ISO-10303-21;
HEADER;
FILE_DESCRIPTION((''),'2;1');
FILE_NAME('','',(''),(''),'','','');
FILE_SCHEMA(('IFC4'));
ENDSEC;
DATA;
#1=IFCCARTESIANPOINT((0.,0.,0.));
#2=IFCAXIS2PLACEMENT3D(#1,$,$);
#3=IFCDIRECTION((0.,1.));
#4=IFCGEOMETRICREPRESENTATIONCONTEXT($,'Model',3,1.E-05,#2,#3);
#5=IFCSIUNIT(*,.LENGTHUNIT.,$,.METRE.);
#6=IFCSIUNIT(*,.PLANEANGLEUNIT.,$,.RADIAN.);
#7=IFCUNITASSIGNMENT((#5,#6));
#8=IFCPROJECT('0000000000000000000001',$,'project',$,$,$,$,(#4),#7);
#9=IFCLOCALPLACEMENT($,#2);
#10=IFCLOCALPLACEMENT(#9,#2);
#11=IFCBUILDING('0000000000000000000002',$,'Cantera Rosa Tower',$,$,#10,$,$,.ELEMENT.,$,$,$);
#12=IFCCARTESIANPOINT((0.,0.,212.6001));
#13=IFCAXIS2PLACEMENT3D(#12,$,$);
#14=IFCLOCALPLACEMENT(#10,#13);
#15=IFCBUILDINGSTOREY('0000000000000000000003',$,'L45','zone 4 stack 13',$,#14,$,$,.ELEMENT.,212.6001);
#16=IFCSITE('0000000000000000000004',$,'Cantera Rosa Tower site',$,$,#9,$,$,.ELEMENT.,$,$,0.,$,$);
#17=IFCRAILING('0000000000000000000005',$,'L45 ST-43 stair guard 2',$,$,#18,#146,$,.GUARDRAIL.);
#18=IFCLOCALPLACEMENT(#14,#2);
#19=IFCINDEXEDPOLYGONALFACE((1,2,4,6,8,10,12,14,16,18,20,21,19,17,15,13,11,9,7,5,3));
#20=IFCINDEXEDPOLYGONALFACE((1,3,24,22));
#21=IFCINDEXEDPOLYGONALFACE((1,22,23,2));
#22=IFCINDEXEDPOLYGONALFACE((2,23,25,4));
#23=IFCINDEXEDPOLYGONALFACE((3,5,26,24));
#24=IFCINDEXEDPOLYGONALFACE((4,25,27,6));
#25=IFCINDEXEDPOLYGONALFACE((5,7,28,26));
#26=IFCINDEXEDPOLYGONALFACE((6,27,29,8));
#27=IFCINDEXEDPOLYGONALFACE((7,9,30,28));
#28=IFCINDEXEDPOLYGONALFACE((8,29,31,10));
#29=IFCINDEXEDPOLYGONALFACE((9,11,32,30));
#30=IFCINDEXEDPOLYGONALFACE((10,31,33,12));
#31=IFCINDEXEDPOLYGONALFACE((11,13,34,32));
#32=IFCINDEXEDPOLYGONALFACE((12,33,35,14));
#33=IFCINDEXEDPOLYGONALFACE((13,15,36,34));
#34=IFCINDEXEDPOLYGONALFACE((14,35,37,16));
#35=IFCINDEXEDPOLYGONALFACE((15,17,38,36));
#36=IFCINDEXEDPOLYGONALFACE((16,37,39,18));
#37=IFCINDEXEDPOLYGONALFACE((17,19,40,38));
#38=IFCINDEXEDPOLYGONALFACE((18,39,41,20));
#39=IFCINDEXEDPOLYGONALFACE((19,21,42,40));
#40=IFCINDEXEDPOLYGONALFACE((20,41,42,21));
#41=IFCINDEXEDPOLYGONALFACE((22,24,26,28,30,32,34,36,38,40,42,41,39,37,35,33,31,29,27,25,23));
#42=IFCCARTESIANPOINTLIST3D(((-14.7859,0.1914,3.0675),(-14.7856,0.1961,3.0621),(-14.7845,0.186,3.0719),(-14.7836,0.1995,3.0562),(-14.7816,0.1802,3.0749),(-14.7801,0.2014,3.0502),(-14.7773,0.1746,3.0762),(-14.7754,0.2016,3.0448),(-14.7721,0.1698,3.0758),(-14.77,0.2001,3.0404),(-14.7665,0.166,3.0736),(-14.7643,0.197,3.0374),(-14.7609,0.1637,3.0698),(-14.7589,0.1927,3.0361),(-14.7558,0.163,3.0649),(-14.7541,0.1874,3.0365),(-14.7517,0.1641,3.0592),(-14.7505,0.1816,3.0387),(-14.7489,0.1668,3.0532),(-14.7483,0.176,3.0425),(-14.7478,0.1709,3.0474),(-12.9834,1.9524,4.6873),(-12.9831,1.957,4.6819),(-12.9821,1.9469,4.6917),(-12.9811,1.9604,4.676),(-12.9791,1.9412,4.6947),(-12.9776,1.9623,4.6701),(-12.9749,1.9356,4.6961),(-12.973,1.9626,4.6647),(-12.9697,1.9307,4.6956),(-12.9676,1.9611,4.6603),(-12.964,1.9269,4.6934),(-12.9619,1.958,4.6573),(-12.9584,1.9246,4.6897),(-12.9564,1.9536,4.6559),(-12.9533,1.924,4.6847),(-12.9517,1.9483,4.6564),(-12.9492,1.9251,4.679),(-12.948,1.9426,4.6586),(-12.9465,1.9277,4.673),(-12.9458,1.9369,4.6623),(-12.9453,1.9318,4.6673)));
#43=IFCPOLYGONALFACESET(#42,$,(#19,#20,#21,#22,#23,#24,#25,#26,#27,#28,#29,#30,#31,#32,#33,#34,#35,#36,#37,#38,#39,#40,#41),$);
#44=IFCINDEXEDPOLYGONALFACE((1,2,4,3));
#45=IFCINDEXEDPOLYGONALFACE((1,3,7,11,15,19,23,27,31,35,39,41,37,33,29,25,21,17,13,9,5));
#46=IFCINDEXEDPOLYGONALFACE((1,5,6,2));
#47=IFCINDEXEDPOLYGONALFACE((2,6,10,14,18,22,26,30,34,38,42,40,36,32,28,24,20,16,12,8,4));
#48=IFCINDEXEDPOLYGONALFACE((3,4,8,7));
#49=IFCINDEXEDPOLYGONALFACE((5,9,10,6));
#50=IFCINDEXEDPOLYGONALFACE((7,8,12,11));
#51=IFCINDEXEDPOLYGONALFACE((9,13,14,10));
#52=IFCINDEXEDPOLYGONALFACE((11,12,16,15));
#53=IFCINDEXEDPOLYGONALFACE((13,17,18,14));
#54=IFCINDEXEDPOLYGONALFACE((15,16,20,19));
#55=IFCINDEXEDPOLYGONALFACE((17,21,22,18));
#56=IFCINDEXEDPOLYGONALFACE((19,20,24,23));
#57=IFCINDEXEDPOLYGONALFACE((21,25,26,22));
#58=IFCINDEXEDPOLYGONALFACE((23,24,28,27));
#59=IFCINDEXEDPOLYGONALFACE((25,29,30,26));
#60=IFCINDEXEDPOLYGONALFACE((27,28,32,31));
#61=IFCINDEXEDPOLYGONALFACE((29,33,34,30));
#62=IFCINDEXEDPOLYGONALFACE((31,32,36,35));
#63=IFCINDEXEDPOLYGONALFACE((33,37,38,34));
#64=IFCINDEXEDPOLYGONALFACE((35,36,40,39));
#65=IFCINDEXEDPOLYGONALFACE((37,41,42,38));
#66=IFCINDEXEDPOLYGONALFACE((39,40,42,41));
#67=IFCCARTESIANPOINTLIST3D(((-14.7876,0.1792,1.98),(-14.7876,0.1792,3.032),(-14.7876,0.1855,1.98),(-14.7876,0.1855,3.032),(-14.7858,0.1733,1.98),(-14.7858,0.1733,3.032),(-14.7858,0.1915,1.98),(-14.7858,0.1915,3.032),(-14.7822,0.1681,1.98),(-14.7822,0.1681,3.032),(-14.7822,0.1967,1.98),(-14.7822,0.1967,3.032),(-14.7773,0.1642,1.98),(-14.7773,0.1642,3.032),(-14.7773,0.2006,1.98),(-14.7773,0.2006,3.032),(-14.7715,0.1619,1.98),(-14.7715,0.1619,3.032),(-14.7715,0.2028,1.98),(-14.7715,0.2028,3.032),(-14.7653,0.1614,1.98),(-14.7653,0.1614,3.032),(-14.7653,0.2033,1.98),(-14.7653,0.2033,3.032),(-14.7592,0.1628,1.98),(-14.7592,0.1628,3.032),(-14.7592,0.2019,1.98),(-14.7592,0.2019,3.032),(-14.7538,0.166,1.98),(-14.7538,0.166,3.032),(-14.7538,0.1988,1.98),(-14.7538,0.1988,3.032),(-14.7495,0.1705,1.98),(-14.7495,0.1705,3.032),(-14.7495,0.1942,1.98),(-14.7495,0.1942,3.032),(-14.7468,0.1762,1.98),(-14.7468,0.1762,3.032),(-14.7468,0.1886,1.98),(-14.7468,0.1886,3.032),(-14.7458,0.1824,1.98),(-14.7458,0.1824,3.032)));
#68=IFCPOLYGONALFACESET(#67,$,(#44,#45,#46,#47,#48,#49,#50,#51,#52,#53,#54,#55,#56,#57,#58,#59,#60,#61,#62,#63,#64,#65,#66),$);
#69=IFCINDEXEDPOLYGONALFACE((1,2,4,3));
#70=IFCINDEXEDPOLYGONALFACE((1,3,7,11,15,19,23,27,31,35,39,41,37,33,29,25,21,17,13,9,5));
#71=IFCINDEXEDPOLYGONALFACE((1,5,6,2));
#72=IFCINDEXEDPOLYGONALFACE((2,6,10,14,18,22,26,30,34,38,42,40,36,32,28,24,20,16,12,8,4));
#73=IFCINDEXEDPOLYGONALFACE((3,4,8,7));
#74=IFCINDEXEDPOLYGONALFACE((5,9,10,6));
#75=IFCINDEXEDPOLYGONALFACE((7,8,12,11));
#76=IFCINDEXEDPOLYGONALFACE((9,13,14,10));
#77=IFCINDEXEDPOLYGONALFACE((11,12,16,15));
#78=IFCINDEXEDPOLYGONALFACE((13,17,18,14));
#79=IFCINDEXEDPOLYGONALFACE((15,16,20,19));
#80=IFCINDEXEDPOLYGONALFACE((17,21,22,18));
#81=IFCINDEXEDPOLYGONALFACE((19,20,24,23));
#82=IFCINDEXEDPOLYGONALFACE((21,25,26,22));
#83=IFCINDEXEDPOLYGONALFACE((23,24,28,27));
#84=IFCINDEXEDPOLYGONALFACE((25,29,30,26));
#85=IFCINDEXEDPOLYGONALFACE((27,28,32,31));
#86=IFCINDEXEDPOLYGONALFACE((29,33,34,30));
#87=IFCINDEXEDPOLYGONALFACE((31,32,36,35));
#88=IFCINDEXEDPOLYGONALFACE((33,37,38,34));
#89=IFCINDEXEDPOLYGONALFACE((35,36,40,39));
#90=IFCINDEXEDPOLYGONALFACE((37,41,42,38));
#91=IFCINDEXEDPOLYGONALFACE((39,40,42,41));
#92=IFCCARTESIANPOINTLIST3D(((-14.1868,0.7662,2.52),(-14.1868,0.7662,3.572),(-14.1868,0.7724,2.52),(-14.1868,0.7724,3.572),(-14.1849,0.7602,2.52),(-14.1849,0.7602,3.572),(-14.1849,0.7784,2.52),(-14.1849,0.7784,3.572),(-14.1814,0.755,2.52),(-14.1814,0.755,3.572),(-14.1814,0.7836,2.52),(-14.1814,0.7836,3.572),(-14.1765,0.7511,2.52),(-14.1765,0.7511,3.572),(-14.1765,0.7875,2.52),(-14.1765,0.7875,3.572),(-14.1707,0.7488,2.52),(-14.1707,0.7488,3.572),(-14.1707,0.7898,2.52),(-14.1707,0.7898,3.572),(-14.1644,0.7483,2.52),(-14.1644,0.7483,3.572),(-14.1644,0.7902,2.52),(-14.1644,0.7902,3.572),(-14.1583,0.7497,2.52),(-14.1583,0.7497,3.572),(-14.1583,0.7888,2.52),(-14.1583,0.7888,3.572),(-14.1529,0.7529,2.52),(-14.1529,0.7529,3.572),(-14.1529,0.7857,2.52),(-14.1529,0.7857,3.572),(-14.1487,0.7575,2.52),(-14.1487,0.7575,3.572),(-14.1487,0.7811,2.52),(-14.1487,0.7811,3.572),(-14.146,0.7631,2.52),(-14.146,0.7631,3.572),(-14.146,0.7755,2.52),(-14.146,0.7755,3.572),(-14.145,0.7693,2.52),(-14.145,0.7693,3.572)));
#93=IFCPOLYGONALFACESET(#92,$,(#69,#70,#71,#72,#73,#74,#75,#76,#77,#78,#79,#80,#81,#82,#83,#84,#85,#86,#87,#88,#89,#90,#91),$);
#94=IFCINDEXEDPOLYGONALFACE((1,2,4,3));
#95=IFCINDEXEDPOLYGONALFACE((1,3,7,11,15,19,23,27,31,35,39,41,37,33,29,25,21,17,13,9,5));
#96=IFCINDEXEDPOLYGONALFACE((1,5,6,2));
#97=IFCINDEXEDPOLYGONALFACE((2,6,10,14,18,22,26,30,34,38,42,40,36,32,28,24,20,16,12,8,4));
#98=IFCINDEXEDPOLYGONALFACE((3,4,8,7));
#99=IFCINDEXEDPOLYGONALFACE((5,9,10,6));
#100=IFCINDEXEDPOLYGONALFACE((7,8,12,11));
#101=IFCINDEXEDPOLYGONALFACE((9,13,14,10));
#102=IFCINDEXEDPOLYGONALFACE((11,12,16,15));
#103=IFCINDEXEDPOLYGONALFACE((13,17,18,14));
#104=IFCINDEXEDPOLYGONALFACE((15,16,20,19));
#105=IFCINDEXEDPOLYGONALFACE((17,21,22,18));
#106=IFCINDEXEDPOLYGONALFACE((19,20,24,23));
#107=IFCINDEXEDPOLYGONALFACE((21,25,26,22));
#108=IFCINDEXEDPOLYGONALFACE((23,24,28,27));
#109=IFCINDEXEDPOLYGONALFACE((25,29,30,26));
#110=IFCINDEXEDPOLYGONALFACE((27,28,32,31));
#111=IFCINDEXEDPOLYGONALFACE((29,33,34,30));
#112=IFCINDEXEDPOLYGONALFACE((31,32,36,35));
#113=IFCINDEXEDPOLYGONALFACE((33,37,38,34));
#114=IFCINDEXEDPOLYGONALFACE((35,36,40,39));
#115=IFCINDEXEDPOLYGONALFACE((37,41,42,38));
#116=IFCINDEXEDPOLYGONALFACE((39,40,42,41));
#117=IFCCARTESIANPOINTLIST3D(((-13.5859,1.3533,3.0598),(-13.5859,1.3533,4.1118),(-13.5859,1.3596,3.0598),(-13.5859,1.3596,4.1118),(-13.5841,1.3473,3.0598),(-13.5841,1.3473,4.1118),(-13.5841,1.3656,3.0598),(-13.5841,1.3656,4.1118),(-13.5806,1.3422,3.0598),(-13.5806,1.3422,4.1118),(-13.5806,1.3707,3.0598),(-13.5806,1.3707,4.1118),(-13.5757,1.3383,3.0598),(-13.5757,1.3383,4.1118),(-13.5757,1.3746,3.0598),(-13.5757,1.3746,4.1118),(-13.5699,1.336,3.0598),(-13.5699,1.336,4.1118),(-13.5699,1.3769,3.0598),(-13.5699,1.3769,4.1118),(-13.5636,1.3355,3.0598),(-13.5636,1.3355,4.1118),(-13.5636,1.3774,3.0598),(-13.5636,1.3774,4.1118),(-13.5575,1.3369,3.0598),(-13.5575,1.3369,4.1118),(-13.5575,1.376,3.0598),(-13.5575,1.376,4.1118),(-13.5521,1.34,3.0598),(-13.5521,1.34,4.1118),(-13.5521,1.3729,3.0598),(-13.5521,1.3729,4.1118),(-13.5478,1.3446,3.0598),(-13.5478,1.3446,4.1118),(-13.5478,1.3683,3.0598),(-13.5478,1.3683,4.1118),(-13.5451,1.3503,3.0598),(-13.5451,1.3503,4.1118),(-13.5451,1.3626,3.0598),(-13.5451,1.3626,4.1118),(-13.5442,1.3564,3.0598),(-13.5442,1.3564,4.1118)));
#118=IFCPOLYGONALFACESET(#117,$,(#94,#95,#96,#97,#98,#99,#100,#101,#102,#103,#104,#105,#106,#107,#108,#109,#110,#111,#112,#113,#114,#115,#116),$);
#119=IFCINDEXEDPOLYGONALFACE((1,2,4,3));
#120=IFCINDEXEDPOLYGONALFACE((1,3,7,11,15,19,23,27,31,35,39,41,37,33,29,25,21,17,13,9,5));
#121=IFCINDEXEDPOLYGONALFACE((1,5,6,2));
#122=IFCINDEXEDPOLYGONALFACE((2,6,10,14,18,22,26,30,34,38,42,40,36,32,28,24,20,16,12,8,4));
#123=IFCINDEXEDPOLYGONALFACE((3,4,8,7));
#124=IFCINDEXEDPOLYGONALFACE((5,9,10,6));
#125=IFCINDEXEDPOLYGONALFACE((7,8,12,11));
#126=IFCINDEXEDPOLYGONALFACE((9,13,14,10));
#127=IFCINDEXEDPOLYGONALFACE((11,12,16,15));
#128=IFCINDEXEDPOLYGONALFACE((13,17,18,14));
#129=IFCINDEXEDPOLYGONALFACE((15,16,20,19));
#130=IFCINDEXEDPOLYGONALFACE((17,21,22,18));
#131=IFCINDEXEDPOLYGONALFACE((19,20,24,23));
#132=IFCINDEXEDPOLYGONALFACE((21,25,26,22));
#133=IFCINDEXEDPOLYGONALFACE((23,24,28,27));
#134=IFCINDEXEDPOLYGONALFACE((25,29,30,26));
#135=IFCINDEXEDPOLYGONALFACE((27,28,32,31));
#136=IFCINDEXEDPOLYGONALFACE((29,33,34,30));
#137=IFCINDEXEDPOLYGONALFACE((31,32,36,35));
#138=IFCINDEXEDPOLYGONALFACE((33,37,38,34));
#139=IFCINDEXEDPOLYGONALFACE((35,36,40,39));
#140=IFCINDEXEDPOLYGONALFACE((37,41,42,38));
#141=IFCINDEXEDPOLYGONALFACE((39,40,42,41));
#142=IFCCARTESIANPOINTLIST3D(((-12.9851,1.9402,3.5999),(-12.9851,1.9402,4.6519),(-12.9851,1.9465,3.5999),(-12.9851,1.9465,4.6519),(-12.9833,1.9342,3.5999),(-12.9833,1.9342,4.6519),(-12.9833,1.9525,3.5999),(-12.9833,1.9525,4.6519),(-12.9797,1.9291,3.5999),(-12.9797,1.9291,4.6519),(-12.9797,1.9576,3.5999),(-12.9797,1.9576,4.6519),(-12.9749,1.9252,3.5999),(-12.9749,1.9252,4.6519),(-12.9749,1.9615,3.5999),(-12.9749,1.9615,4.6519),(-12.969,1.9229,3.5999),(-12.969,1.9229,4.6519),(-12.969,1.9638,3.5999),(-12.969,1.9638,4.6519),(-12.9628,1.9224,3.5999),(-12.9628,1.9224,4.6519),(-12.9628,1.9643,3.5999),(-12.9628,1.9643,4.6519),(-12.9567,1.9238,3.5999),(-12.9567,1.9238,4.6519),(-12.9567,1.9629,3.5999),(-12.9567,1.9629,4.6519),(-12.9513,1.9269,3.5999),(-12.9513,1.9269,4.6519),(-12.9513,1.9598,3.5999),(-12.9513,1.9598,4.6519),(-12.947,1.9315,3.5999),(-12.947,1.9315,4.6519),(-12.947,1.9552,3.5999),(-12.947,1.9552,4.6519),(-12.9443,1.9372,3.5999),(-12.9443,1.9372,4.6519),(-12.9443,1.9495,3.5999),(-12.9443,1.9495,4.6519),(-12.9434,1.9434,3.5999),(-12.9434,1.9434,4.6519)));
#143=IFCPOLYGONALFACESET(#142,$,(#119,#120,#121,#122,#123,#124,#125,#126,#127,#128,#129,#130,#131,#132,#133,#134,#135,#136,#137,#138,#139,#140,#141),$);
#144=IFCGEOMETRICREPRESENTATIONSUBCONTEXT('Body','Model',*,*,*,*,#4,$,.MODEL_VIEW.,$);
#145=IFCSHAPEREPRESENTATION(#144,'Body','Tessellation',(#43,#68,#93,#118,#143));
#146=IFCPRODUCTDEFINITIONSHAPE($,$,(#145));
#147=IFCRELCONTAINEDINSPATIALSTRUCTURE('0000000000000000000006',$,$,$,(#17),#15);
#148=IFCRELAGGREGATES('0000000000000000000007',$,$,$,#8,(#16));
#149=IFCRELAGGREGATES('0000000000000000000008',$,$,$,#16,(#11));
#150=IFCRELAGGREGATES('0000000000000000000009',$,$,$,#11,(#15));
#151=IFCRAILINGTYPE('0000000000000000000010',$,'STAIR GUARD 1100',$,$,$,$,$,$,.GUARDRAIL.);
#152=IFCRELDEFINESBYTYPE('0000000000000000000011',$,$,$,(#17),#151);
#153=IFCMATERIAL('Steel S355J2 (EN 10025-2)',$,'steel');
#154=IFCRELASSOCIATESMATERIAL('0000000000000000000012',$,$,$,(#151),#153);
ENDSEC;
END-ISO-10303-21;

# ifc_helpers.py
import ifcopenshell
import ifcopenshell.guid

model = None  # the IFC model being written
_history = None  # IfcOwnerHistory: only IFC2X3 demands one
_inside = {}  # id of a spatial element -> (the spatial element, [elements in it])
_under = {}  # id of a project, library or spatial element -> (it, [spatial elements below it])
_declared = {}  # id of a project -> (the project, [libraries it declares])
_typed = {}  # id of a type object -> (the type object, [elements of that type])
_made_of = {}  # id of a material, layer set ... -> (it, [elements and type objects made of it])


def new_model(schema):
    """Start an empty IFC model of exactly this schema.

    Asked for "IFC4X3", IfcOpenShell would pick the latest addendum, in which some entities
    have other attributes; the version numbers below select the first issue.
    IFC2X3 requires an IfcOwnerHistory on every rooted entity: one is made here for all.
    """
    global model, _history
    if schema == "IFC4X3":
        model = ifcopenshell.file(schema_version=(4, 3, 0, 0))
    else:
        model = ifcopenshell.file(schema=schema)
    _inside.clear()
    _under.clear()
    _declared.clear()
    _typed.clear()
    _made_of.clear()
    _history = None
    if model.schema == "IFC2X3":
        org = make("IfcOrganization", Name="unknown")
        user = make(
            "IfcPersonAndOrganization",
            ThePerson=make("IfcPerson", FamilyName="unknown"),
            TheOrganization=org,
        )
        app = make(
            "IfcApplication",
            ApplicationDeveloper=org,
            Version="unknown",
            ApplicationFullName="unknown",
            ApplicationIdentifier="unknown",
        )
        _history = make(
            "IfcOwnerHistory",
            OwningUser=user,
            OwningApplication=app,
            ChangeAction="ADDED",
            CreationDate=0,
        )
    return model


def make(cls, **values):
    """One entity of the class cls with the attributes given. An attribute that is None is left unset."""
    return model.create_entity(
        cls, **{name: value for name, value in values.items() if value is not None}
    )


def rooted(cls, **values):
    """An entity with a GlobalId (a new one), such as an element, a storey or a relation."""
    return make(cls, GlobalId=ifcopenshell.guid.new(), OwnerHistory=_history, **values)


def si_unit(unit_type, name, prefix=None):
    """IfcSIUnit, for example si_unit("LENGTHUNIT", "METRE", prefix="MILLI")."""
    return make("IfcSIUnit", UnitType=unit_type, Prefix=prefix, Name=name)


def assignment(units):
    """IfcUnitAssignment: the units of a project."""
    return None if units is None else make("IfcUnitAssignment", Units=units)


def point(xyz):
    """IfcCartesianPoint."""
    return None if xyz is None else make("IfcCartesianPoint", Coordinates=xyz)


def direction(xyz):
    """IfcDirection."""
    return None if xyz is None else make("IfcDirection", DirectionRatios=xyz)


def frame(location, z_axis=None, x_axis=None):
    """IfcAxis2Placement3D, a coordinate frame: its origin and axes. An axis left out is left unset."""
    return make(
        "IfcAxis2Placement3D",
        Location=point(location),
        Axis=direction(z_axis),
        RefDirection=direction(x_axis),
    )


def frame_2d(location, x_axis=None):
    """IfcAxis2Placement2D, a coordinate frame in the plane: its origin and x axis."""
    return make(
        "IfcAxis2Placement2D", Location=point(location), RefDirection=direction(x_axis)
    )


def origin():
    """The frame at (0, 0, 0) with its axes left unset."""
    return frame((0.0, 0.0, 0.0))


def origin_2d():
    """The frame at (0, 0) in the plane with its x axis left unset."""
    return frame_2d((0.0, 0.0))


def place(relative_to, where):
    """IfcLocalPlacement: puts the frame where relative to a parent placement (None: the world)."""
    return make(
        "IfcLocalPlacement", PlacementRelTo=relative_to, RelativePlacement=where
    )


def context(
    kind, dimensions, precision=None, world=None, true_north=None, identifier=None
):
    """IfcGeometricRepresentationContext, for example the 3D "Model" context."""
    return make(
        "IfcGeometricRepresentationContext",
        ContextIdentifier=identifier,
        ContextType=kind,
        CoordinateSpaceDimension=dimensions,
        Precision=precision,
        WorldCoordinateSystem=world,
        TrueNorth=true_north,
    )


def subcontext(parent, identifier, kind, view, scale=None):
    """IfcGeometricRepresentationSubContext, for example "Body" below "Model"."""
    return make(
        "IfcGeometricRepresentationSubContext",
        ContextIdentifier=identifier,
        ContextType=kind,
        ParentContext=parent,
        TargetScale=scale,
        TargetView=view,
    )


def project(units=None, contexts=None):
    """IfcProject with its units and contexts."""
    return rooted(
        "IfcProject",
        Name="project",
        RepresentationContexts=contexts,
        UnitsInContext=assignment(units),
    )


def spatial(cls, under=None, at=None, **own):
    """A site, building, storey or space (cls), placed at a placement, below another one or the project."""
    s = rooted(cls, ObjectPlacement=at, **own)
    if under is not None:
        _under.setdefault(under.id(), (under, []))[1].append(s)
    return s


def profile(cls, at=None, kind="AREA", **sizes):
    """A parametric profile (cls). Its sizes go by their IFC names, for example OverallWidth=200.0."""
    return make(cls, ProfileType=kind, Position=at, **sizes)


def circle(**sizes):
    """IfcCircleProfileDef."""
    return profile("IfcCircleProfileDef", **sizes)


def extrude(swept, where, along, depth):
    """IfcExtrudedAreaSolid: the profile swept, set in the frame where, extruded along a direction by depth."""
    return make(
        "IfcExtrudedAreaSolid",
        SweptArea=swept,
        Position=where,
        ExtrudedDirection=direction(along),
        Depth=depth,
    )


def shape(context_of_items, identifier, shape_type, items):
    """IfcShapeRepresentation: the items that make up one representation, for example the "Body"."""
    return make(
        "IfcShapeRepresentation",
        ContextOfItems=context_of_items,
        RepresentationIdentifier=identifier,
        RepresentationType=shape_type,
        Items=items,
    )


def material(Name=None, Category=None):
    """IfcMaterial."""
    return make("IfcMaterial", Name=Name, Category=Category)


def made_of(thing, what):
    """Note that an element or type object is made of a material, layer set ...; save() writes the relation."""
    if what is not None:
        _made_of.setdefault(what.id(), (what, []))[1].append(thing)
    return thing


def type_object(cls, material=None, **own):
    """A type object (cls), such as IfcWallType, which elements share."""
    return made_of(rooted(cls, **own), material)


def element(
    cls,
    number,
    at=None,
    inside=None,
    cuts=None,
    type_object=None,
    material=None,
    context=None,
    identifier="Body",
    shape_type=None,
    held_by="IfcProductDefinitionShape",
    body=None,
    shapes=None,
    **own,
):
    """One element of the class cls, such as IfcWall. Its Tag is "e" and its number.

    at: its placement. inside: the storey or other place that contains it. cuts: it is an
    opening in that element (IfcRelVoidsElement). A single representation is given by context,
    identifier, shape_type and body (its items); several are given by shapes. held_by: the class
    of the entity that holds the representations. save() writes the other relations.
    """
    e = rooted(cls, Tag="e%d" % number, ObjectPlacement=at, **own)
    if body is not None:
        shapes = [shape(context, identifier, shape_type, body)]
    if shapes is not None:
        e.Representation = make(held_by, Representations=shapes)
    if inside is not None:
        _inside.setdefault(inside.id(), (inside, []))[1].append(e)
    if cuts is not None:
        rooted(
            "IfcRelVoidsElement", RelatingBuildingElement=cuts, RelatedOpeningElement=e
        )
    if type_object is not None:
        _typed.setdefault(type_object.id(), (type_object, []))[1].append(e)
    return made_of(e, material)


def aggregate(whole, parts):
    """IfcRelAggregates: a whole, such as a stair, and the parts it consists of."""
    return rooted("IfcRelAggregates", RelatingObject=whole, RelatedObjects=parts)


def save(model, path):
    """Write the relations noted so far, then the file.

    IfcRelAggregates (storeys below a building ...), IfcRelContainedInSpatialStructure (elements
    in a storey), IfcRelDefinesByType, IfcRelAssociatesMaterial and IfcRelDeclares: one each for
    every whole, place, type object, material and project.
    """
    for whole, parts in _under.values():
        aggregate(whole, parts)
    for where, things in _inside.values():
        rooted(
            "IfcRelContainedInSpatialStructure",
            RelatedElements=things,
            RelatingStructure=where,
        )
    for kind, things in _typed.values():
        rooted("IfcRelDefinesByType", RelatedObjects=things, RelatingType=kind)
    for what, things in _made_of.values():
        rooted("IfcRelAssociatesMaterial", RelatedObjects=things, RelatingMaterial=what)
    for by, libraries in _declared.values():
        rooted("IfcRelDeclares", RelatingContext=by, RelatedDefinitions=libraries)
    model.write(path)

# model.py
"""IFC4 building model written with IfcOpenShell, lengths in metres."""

from ifc_helpers import new_model, si_unit, direction, frame, origin, origin_2d, place, context, subcontext, project, spatial, circle, extrude, material, type_object, element, save


model = new_model("IFC4")

# Units and contexts
model_context = context("Model", 3, precision=1e-05, world=origin(), true_north=direction((0.0, 1.0)))
body_context = subcontext(model_context, "Body", "Model", "MODEL_VIEW")
ifc_project = project(units=[si_unit("LENGTHUNIT", "METRE"), si_unit("PLANEANGLEUNIT", "RADIAN")], contexts=[model_context])

# Site, building, storey
site_placement = place(None, origin())
site = spatial("IfcSite", under=ifc_project, at=site_placement, Name="Cantera Rosa Tower site", CompositionType="ELEMENT", RefElevation=0.0)
building_placement = place(site_placement, origin())
building = spatial("IfcBuilding", under=site, at=building_placement, Name="Cantera Rosa Tower", CompositionType="ELEMENT")
storey_placement = place(building_placement, frame((0.0, 0.0, 212.6001)))
storey = spatial("IfcBuildingStorey", under=building, at=storey_placement, Name="L45", Description="zone 4 stack 13", CompositionType="ELEMENT", Elevation=212.6001)

# Railing
ifc_material_1 = material(Name="Steel S355J2 (EN 10025-2)", Category="steel")
railing_type_1 = type_object("IfcRailingType", Name="STAIR GUARD 1100", PredefinedType="GUARDRAIL", material=ifc_material_1)
railing_1_placement = place(storey_placement, frame((-14.7668, 0.1824, 1.98)))
element("IfcRailing", 1, at=railing_1_placement, inside=storey, type_object=railing_type_1, Name="L45 ST-43 stair guard 2", PredefinedType="GUARDRAIL", context=body_context, shape_type="SweptSolid", body=[
    extrude(circle(Radius=0.0239, at=origin_2d()), frame((0.0, 0.0, 1.0762), z_axis=(0.601699, 0.587844, 0.540738), x_axis=(-0.698824, 0.715294, 0.0)), (0.0, 0.0, 1.0), 2.9956),
    extrude(circle(Radius=0.021, at=origin_2d()), origin(), (0.0, 0.0, 1.0), 1.052),
    extrude(circle(Radius=0.021, at=origin_2d()), frame((0.6008, 0.5869, 0.54)), (0.0, 0.0, 1.0), 1.052),
    extrude(circle(Radius=0.021, at=origin_2d()), frame((1.2017, 1.1741, 1.0798)), (0.0, 0.0, 1.0), 1.052),
    extrude(circle(Radius=0.021, at=origin_2d()), frame((1.8025, 1.761, 1.6199)), (0.0, 0.0, 1.0), 1.052),
])

save(model, "model.ifc")
